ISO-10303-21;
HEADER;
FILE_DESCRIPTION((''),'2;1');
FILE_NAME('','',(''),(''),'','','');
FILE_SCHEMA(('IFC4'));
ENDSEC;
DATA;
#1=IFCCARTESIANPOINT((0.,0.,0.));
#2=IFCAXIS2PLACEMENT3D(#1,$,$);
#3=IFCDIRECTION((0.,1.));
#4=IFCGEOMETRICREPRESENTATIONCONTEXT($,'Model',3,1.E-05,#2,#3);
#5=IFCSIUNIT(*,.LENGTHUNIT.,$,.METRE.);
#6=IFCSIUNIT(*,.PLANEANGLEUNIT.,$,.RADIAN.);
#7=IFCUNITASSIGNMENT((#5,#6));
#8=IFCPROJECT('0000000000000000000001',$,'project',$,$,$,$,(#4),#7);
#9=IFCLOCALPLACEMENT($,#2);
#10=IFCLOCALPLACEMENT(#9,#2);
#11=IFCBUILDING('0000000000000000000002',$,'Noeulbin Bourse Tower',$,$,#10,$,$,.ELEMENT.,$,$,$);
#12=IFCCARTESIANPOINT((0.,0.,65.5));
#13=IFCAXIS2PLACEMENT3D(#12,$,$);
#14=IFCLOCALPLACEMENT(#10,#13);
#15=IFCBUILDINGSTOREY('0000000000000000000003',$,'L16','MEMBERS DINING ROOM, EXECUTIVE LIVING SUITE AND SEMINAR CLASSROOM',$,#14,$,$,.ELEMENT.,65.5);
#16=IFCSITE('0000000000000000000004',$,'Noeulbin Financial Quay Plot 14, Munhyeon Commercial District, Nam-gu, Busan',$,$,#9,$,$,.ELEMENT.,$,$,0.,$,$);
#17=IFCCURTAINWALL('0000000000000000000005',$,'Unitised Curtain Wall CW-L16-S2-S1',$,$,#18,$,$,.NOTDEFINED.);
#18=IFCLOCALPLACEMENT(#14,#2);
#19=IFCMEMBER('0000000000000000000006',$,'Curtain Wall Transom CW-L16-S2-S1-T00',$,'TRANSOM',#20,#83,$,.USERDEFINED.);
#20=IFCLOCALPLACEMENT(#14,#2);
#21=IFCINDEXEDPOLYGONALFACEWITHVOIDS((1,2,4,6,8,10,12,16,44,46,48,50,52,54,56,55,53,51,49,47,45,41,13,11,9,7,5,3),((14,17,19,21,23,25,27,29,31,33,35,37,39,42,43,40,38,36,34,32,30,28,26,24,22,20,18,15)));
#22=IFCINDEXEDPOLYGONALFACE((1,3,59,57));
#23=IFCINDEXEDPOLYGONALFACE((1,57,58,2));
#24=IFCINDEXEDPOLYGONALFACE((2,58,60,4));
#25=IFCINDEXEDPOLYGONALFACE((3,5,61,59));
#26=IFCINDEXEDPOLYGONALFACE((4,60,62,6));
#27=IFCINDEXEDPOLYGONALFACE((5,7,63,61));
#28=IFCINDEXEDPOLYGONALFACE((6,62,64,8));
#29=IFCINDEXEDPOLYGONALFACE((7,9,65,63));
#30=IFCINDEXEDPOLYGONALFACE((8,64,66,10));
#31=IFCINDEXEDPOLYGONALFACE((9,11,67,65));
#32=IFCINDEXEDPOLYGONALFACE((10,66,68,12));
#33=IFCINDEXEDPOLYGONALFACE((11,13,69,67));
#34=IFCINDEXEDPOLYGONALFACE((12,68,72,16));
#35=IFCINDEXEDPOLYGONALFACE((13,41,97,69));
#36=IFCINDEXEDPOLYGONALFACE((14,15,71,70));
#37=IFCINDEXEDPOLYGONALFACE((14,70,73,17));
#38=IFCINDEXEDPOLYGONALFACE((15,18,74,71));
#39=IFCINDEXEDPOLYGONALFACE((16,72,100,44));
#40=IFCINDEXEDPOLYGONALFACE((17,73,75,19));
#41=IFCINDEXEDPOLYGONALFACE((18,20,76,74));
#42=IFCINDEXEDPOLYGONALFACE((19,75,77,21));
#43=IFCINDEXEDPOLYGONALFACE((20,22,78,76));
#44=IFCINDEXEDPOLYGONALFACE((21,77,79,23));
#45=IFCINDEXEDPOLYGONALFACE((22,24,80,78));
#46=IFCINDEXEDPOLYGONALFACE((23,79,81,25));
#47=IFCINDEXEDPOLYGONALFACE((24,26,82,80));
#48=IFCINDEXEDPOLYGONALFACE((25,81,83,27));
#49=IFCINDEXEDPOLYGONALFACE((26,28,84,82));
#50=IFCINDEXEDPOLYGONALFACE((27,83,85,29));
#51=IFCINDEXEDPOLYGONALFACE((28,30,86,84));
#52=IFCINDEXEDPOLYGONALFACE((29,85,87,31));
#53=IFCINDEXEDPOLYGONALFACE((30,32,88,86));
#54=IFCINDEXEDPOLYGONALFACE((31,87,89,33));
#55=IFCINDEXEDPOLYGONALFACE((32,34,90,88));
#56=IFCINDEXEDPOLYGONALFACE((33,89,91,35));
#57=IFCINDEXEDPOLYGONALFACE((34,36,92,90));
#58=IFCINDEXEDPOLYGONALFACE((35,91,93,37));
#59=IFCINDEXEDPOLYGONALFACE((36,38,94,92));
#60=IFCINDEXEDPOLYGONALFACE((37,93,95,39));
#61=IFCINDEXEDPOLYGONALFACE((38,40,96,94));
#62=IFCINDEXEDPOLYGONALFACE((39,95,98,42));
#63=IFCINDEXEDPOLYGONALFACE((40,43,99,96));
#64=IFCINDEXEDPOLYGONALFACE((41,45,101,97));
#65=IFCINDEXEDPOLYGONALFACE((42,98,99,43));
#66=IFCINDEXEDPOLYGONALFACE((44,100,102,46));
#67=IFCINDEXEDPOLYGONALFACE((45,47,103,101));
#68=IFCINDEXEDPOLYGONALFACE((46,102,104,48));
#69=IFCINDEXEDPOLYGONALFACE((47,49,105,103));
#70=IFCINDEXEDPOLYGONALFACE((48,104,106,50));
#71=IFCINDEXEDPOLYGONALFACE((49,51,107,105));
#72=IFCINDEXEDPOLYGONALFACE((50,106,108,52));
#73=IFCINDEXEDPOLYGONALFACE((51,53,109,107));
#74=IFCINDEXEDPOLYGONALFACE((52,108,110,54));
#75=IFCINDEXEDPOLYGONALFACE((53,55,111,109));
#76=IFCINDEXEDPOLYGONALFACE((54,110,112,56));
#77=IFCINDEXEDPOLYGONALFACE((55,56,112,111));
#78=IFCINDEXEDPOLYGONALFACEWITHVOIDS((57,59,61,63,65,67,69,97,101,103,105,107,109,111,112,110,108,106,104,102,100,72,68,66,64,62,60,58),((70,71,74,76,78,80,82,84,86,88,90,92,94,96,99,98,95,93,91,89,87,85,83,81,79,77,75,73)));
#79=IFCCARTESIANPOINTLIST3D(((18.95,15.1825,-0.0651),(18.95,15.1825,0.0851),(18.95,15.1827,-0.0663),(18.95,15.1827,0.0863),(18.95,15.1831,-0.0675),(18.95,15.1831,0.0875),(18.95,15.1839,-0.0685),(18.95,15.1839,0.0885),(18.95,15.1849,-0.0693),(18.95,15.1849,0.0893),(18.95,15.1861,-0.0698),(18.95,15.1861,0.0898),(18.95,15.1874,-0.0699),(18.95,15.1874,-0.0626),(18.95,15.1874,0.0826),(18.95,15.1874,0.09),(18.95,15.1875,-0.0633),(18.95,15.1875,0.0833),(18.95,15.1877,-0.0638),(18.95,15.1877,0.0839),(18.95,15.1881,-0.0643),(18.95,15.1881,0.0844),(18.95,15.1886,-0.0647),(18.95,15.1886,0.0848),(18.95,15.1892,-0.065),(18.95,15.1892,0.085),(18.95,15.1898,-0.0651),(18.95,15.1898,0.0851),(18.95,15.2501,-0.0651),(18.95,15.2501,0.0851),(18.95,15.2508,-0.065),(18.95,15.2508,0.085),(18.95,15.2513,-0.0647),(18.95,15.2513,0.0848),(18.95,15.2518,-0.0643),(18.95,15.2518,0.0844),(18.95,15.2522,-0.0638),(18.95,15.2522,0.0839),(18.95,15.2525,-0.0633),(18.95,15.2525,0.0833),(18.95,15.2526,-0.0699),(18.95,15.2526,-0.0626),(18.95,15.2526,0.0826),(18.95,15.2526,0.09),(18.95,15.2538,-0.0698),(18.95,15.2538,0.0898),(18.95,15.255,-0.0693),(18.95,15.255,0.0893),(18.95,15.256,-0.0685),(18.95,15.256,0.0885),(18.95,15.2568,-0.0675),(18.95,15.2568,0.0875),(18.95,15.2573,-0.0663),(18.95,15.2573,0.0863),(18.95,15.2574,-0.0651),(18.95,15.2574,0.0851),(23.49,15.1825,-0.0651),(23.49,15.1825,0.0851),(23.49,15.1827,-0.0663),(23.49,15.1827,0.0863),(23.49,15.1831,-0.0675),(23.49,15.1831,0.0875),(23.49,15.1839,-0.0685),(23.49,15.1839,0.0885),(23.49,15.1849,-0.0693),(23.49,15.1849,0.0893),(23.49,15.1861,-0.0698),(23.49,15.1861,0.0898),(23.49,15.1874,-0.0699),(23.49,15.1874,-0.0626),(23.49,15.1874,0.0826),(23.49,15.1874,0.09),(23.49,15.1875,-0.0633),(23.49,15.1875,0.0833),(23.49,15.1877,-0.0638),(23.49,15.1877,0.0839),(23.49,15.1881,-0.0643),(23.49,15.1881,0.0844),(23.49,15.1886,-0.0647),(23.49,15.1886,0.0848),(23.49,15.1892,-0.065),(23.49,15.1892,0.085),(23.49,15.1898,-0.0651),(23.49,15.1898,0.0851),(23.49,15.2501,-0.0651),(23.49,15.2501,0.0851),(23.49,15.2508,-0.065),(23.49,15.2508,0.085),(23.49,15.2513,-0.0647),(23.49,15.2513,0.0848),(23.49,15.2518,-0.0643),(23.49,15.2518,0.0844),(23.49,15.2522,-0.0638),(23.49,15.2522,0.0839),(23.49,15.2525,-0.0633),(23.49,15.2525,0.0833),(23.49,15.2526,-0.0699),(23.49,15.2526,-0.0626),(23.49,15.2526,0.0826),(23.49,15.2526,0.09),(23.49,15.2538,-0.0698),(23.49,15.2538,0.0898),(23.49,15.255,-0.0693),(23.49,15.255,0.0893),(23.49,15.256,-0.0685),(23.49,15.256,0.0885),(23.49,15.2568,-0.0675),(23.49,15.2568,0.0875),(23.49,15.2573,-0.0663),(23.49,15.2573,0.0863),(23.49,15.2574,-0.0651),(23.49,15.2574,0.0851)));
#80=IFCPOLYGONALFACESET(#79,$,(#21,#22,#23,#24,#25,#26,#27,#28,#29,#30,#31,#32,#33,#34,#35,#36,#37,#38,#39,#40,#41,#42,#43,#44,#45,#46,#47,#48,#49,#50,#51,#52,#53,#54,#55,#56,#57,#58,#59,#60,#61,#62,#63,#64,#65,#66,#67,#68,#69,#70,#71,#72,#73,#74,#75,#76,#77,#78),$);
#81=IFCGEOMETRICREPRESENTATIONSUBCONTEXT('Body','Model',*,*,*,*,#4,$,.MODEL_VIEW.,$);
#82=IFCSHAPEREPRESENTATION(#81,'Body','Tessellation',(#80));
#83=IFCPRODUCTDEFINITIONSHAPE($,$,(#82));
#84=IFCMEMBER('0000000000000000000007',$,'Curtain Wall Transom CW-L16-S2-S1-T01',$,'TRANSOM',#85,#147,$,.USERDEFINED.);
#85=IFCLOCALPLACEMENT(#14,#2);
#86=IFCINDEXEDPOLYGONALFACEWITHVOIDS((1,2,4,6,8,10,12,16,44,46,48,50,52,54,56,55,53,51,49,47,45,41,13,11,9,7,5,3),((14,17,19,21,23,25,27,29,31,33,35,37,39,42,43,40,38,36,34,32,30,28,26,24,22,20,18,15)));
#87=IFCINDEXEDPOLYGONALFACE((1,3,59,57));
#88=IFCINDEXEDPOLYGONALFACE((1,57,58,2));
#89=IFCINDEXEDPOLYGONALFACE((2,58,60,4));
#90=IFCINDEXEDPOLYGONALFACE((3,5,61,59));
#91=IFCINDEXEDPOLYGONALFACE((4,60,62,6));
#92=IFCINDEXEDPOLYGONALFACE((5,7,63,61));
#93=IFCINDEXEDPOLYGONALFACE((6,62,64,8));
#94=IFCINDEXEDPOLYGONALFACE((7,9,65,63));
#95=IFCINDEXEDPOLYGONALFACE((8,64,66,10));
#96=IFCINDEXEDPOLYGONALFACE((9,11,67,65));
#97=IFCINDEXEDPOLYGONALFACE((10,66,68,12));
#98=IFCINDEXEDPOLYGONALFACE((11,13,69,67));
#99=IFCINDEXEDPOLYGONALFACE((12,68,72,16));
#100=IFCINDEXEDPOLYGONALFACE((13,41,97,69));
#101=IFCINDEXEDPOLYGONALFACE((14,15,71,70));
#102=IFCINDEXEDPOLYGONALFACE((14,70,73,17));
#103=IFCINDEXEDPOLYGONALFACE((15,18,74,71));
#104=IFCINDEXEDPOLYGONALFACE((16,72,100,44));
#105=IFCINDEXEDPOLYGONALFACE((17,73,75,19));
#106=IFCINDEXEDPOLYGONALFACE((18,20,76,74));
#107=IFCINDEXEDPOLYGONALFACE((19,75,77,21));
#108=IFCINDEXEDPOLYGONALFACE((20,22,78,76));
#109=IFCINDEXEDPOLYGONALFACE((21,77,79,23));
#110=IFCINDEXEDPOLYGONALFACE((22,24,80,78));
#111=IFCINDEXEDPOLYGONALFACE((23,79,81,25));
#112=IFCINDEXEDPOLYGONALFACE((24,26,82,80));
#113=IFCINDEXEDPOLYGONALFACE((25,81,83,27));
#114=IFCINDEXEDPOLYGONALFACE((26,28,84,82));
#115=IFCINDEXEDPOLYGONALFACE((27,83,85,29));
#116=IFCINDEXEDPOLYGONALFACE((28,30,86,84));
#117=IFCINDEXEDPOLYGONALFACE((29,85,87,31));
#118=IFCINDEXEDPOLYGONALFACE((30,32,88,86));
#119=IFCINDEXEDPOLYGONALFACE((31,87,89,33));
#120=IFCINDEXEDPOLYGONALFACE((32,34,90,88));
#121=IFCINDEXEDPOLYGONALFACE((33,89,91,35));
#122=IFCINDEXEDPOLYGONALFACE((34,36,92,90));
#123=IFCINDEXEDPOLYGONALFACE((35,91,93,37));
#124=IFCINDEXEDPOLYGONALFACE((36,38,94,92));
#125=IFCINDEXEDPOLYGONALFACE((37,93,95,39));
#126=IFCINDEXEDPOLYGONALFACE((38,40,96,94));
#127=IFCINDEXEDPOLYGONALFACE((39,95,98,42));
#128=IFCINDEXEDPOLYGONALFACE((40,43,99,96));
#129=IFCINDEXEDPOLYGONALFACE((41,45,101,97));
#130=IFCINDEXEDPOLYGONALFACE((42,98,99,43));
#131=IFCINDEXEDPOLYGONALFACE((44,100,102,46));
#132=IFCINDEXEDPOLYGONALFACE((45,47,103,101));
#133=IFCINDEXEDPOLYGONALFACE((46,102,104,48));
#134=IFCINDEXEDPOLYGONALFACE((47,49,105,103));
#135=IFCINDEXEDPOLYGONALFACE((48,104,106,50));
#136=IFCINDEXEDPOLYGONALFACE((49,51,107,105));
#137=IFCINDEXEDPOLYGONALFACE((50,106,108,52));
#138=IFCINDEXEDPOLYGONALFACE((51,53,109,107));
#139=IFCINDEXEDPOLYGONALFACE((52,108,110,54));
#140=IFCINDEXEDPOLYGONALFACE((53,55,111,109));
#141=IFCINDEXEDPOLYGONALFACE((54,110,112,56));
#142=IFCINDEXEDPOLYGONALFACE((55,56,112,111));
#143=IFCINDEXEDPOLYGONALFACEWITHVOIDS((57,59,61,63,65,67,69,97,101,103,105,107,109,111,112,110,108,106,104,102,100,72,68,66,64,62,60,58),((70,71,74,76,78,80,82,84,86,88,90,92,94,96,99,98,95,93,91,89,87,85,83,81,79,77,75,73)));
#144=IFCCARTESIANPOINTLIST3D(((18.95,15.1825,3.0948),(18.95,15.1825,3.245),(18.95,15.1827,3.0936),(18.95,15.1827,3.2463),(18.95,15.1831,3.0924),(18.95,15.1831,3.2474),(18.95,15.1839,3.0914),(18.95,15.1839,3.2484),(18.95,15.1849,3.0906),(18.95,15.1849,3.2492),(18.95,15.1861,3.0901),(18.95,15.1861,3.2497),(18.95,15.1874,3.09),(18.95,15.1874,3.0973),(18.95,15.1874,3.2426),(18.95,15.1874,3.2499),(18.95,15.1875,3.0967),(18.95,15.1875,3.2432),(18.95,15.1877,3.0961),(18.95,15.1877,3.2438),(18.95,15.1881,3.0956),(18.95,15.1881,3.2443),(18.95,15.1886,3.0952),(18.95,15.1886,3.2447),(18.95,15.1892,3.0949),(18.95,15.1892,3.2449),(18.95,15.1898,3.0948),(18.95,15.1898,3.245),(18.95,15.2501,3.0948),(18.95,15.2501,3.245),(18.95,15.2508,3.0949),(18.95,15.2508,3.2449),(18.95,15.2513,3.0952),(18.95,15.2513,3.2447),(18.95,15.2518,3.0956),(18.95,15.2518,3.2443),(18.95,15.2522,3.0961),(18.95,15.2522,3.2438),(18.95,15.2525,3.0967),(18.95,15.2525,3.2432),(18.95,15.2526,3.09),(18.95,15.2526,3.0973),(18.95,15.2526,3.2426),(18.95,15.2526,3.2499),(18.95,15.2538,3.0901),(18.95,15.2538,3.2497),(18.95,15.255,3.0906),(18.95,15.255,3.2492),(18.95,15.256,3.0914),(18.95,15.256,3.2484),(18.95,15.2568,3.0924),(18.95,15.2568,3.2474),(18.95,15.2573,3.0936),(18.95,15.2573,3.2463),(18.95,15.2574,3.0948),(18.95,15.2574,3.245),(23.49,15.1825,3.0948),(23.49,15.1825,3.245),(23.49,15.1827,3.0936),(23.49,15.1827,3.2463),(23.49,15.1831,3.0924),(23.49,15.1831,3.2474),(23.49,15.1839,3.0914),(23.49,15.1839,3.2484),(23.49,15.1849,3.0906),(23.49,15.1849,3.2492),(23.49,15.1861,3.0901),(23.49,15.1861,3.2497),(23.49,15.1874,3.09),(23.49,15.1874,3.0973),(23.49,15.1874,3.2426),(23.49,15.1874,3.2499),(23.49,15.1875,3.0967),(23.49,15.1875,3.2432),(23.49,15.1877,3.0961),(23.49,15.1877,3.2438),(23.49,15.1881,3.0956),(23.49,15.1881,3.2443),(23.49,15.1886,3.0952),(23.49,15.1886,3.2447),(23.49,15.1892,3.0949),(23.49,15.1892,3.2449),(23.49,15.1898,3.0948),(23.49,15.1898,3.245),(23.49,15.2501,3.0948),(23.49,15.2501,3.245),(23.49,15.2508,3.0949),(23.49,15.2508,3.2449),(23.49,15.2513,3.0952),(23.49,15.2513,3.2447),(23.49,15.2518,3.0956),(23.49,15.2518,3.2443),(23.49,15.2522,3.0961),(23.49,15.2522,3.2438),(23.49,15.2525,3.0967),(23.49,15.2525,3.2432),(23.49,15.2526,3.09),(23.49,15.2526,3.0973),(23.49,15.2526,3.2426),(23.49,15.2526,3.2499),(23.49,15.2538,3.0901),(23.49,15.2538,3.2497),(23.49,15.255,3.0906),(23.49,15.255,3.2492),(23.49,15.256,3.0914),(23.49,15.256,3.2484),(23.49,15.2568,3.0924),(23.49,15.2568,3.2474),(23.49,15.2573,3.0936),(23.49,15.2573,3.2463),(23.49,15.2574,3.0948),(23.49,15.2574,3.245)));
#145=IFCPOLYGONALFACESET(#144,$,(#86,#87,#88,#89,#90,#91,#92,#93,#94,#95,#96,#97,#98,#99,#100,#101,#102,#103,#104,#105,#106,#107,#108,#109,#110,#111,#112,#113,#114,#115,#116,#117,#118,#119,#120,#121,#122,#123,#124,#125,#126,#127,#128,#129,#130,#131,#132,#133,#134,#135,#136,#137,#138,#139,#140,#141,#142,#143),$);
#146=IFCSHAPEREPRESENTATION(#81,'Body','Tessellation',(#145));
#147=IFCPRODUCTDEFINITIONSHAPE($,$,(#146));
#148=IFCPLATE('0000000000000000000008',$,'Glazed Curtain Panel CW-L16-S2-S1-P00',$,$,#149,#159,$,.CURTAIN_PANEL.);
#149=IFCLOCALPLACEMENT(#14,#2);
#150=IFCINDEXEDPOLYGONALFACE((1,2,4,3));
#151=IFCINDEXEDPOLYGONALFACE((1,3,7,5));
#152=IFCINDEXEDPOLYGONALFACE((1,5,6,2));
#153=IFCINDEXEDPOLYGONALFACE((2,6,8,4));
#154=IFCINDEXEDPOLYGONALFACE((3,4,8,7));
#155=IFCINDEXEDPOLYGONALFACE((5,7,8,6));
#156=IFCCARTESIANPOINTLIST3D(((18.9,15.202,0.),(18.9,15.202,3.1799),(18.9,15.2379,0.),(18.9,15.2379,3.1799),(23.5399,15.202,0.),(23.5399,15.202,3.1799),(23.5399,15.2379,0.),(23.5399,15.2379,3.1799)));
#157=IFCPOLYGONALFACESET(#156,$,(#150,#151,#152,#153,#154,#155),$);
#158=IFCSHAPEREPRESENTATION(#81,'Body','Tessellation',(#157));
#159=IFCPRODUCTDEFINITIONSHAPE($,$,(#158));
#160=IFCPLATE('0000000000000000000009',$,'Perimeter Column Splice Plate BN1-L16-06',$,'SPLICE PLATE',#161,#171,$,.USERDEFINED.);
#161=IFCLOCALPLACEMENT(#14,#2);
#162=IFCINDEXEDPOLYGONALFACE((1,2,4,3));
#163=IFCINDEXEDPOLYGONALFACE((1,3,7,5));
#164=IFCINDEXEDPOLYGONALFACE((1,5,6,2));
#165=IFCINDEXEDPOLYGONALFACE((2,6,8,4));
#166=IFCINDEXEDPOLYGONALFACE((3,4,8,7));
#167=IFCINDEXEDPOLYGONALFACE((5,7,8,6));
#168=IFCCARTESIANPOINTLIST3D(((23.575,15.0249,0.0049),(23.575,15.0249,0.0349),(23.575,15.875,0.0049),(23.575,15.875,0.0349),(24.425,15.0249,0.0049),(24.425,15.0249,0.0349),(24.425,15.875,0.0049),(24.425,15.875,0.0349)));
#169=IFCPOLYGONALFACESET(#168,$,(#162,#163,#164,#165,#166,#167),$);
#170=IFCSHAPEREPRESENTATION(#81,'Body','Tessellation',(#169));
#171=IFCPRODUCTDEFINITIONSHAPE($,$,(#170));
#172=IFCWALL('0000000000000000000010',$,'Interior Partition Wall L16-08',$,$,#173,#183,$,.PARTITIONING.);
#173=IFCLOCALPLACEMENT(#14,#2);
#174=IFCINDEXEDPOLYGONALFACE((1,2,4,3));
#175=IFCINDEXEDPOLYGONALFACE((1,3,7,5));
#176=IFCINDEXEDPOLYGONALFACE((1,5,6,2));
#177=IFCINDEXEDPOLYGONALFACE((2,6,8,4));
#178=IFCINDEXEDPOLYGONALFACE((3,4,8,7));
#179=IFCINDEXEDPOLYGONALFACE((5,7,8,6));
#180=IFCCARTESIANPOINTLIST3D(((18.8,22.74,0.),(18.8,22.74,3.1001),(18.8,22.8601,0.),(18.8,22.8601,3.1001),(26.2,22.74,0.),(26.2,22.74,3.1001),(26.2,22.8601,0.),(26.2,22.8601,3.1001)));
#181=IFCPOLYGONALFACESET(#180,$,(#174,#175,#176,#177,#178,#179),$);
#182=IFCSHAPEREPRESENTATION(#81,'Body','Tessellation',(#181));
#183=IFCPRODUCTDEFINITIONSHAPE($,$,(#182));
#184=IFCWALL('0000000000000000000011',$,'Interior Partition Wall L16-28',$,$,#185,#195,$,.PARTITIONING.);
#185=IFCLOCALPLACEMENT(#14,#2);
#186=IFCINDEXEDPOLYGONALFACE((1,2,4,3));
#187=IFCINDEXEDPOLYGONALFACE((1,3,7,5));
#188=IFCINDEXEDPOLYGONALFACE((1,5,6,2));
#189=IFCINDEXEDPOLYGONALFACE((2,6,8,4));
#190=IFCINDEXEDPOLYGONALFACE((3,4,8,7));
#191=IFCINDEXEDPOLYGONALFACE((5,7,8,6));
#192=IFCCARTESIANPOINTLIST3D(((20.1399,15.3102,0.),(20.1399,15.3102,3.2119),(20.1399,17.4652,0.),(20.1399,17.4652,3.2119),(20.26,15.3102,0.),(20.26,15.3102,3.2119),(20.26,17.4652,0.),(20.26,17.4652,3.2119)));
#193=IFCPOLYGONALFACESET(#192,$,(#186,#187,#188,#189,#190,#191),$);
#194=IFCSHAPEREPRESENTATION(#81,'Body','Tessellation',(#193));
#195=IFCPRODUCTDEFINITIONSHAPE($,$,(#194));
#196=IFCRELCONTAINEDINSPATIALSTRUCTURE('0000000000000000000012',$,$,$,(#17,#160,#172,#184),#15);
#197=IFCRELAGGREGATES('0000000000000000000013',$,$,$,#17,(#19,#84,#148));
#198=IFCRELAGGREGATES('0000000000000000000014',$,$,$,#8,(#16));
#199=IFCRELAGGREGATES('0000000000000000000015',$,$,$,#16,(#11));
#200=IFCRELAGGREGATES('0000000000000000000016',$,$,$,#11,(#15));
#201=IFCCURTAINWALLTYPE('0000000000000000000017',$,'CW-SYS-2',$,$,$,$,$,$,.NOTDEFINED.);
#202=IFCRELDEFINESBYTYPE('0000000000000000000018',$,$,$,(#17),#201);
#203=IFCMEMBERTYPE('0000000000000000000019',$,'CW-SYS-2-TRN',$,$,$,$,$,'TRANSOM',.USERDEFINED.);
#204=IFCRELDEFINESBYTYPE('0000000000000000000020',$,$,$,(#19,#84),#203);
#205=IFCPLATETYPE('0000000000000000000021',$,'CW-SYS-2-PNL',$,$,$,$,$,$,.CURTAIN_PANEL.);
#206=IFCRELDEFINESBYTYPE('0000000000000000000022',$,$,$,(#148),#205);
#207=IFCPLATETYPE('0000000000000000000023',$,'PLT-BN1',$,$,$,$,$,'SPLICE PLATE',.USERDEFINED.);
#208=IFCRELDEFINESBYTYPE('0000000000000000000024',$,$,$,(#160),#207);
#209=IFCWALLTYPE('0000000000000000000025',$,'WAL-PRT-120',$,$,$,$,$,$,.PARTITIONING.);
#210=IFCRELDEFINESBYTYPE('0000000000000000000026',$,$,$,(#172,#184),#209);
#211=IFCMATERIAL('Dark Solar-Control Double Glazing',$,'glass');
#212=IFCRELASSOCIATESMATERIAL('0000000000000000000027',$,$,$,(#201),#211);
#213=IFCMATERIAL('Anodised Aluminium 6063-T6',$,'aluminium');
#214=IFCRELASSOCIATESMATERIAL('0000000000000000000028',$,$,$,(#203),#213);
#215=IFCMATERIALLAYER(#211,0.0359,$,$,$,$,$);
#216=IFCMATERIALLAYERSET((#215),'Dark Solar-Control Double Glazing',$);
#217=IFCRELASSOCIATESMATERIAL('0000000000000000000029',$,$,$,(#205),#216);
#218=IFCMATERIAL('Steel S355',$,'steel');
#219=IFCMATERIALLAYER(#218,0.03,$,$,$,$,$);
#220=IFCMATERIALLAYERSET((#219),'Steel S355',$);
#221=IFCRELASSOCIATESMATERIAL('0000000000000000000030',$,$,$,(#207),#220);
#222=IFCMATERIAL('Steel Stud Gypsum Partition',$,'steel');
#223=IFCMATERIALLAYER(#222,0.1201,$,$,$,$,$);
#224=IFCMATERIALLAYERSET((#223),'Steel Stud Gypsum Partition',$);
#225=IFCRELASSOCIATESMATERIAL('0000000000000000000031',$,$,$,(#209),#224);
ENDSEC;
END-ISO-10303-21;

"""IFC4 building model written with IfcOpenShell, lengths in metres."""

from ifc_helpers import new_model, si_unit, direction, frame, frame_2d, origin, origin_2d, place, context, subcontext, project, spatial, rectangle, hollow_rectangle, extrude, material, layer, layer_set, material_profile, profile_set, type_object, element, aggregate, save


model = new_model("IFC4")

# Units and contexts
model_context = context("Model", 3, precision=1e-05, world=origin(), true_north=direction((0.0, 1.0)))
body_context = subcontext(model_context, "Body", "Model", "MODEL_VIEW")
ifc_project = project(units=[si_unit("LENGTHUNIT", "METRE"), si_unit("PLANEANGLEUNIT", "RADIAN")], contexts=[model_context])

# Site, building, storey
site_placement = place(None, origin())
site = spatial("IfcSite", under=ifc_project, at=site_placement, Name="Noeulbin Financial Quay Plot 14, Munhyeon Commercial District, Nam-gu, Busan", CompositionType="ELEMENT", RefElevation=0.0)
building_placement = place(site_placement, origin())
building = spatial("IfcBuilding", under=site, at=building_placement, Name="Noeulbin Bourse Tower", CompositionType="ELEMENT")
storey_placement = place(building_placement, frame((0.0, 0.0, 65.5)))
storey = spatial("IfcBuildingStorey", under=building, at=storey_placement, Name="L16", Description="MEMBERS DINING ROOM, EXECUTIVE LIVING SUITE AND SEMINAR CLASSROOM", CompositionType="ELEMENT", Elevation=65.5)

# Shared definitions
ifc_material_1 = material(Name="Steel S355", Category="steel")

# Curtain wall, members, plate
ifc_material_2 = material(Name="Dark Solar-Control Double Glazing", Category="glass")
curtain_wall_type = type_object("IfcCurtainWallType", Name="CW-SYS-2", PredefinedType="NOTDEFINED", material=ifc_material_2)
curtain_wall_placement = place(storey_placement, origin())
curtain_wall = element("IfcCurtainWall", 1, at=curtain_wall_placement, inside=storey, type_object=curtain_wall_type, Name="Unitised Curtain Wall CW-L16-S2-S1", PredefinedType="NOTDEFINED")
ifc_material_3 = material(Name="Anodised Aluminium 6063-T6", Category="aluminium")
ifc_material_profile_1 = material_profile(ifc_material_3, hollow_rectangle(XDim=0.075, YDim=0.1599, WallThickness=0.0049, InnerFilletRadius=0.0024, OuterFilletRadius=0.0049, at=origin_2d()), Name="ALU-TRAN-75x160x5", Category="LoadBearing")
ifc_profile_set_1 = profile_set([ifc_material_profile_1], Name="Anodised Aluminium 6063-T6")
member_type_1 = type_object("IfcMemberType", Name="CW-SYS-2-TRN", ElementType="TRANSOM", PredefinedType="USERDEFINED", material=ifc_profile_set_1)
member_1_placement = place(storey_placement, frame((18.95, 15.22, 0.01), z_axis=(1.0, 0.0, 0.0), x_axis=(0.0, 1.0, 0.0)))
member_1 = element("IfcMember", 2, at=member_1_placement, type_object=member_type_1, Name="Curtain Wall Transom CW-L16-S2-S1-T00", ObjectType="TRANSOM", PredefinedType="USERDEFINED", context=body_context, shape_type="SweptSolid", body=[
    extrude(hollow_rectangle(XDim=0.075, YDim=0.1599, WallThickness=0.0049, InnerFilletRadius=0.0024, OuterFilletRadius=0.0049, at=origin_2d()), origin(), (0.0, 0.0, 1.0), 4.54),
])
member_2_placement = place(storey_placement, frame((18.95, 15.22, 3.1699), z_axis=(1.0, 0.0, 0.0), x_axis=(0.0, 1.0, 0.0)))
member_2 = element("IfcMember", 3, at=member_2_placement, type_object=member_type_1, Name="Curtain Wall Transom CW-L16-S2-S1-T01", ObjectType="TRANSOM", PredefinedType="USERDEFINED", context=body_context, shape_type="SweptSolid", body=[
    extrude(hollow_rectangle(XDim=0.075, YDim=0.1599, WallThickness=0.0049, InnerFilletRadius=0.0024, OuterFilletRadius=0.0049, at=origin_2d()), origin(), (0.0, 0.0, 1.0), 4.54),
])
ifc_layer_1 = layer(ifc_material_2, 0.0359)
ifc_layer_set_1 = layer_set([ifc_layer_1], Name="Dark Solar-Control Double Glazing")
plate_type_1 = type_object("IfcPlateType", Name="CW-SYS-2-PNL", PredefinedType="CURTAIN_PANEL", material=ifc_layer_set_1)
plate_1_placement = place(storey_placement, frame((21.22, 15.22, 0.0), z_axis=(0.0, 0.0, 1.0), x_axis=(1.0, 0.0, 0.0)))
plate_1 = element("IfcPlate", 4, at=plate_1_placement, type_object=plate_type_1, Name="Glazed Curtain Panel CW-L16-S2-S1-P00", PredefinedType="CURTAIN_PANEL", context=body_context, shape_type="SweptSolid", body=[
    extrude(rectangle(XDim=4.6399, YDim=0.0359, at=origin_2d()), origin(), (0.0, 0.0, 1.0), 3.1799),
])
aggregate(curtain_wall, [member_1, member_2, plate_1])

# Plate
ifc_layer_2 = layer(ifc_material_1, 0.03)
ifc_layer_set_2 = layer_set([ifc_layer_2], Name="Steel S355")
plate_type_2 = type_object("IfcPlateType", Name="PLT-BN1", ElementType="SPLICE PLATE", PredefinedType="USERDEFINED", material=ifc_layer_set_2)
plate_2_placement = place(storey_placement, frame((24.0, 15.45, 0.0049), z_axis=(0.0, 0.0, 1.0), x_axis=(1.0, 0.0, 0.0)))
element("IfcPlate", 5, at=plate_2_placement, inside=storey, type_object=plate_type_2, Name="Perimeter Column Splice Plate BN1-L16-06", ObjectType="SPLICE PLATE", PredefinedType="USERDEFINED", context=body_context, shape_type="SweptSolid", body=[
    extrude(rectangle(XDim=0.8501, YDim=0.8501, at=origin_2d()), origin(), (0.0, 0.0, 1.0), 0.03),
])

# Walls
ifc_material_4 = material(Name="Steel Stud Gypsum Partition", Category="steel")
ifc_layer_3 = layer(ifc_material_4, 0.1201)
ifc_layer_set_3 = layer_set([ifc_layer_3], Name="Steel Stud Gypsum Partition")
wall_type = type_object("IfcWallType", Name="WAL-PRT-120", PredefinedType="PARTITIONING", material=ifc_layer_set_3)
wall_1_placement = place(storey_placement, frame((18.8, 22.8, 0.0), z_axis=(0.0, 0.0, 1.0), x_axis=(1.0, 0.0, 0.0)))
element("IfcWall", 6, at=wall_1_placement, inside=storey, type_object=wall_type, Name="Interior Partition Wall L16-08", PredefinedType="PARTITIONING", context=body_context, shape_type="SweptSolid", body=[
    extrude(rectangle(XDim=7.3999, YDim=0.1201, at=frame_2d((3.7, 0.0))), origin(), (0.0, 0.0, 1.0), 3.1001),
])
wall_2_placement = place(storey_placement, frame((20.2, 15.3101, 0.0), z_axis=(0.0, 0.0, 1.0), x_axis=(0.0, 1.0, 0.0)))
element("IfcWall", 7, at=wall_2_placement, inside=storey, type_object=wall_type, Name="Interior Partition Wall L16-28", PredefinedType="PARTITIONING", context=body_context, shape_type="SweptSolid", body=[
    extrude(rectangle(XDim=2.155, YDim=0.1201, at=frame_2d((1.0776, 0.0))), origin(), (0.0, 0.0, 1.0), 3.2119),
])

save(model, "model.ifc")
